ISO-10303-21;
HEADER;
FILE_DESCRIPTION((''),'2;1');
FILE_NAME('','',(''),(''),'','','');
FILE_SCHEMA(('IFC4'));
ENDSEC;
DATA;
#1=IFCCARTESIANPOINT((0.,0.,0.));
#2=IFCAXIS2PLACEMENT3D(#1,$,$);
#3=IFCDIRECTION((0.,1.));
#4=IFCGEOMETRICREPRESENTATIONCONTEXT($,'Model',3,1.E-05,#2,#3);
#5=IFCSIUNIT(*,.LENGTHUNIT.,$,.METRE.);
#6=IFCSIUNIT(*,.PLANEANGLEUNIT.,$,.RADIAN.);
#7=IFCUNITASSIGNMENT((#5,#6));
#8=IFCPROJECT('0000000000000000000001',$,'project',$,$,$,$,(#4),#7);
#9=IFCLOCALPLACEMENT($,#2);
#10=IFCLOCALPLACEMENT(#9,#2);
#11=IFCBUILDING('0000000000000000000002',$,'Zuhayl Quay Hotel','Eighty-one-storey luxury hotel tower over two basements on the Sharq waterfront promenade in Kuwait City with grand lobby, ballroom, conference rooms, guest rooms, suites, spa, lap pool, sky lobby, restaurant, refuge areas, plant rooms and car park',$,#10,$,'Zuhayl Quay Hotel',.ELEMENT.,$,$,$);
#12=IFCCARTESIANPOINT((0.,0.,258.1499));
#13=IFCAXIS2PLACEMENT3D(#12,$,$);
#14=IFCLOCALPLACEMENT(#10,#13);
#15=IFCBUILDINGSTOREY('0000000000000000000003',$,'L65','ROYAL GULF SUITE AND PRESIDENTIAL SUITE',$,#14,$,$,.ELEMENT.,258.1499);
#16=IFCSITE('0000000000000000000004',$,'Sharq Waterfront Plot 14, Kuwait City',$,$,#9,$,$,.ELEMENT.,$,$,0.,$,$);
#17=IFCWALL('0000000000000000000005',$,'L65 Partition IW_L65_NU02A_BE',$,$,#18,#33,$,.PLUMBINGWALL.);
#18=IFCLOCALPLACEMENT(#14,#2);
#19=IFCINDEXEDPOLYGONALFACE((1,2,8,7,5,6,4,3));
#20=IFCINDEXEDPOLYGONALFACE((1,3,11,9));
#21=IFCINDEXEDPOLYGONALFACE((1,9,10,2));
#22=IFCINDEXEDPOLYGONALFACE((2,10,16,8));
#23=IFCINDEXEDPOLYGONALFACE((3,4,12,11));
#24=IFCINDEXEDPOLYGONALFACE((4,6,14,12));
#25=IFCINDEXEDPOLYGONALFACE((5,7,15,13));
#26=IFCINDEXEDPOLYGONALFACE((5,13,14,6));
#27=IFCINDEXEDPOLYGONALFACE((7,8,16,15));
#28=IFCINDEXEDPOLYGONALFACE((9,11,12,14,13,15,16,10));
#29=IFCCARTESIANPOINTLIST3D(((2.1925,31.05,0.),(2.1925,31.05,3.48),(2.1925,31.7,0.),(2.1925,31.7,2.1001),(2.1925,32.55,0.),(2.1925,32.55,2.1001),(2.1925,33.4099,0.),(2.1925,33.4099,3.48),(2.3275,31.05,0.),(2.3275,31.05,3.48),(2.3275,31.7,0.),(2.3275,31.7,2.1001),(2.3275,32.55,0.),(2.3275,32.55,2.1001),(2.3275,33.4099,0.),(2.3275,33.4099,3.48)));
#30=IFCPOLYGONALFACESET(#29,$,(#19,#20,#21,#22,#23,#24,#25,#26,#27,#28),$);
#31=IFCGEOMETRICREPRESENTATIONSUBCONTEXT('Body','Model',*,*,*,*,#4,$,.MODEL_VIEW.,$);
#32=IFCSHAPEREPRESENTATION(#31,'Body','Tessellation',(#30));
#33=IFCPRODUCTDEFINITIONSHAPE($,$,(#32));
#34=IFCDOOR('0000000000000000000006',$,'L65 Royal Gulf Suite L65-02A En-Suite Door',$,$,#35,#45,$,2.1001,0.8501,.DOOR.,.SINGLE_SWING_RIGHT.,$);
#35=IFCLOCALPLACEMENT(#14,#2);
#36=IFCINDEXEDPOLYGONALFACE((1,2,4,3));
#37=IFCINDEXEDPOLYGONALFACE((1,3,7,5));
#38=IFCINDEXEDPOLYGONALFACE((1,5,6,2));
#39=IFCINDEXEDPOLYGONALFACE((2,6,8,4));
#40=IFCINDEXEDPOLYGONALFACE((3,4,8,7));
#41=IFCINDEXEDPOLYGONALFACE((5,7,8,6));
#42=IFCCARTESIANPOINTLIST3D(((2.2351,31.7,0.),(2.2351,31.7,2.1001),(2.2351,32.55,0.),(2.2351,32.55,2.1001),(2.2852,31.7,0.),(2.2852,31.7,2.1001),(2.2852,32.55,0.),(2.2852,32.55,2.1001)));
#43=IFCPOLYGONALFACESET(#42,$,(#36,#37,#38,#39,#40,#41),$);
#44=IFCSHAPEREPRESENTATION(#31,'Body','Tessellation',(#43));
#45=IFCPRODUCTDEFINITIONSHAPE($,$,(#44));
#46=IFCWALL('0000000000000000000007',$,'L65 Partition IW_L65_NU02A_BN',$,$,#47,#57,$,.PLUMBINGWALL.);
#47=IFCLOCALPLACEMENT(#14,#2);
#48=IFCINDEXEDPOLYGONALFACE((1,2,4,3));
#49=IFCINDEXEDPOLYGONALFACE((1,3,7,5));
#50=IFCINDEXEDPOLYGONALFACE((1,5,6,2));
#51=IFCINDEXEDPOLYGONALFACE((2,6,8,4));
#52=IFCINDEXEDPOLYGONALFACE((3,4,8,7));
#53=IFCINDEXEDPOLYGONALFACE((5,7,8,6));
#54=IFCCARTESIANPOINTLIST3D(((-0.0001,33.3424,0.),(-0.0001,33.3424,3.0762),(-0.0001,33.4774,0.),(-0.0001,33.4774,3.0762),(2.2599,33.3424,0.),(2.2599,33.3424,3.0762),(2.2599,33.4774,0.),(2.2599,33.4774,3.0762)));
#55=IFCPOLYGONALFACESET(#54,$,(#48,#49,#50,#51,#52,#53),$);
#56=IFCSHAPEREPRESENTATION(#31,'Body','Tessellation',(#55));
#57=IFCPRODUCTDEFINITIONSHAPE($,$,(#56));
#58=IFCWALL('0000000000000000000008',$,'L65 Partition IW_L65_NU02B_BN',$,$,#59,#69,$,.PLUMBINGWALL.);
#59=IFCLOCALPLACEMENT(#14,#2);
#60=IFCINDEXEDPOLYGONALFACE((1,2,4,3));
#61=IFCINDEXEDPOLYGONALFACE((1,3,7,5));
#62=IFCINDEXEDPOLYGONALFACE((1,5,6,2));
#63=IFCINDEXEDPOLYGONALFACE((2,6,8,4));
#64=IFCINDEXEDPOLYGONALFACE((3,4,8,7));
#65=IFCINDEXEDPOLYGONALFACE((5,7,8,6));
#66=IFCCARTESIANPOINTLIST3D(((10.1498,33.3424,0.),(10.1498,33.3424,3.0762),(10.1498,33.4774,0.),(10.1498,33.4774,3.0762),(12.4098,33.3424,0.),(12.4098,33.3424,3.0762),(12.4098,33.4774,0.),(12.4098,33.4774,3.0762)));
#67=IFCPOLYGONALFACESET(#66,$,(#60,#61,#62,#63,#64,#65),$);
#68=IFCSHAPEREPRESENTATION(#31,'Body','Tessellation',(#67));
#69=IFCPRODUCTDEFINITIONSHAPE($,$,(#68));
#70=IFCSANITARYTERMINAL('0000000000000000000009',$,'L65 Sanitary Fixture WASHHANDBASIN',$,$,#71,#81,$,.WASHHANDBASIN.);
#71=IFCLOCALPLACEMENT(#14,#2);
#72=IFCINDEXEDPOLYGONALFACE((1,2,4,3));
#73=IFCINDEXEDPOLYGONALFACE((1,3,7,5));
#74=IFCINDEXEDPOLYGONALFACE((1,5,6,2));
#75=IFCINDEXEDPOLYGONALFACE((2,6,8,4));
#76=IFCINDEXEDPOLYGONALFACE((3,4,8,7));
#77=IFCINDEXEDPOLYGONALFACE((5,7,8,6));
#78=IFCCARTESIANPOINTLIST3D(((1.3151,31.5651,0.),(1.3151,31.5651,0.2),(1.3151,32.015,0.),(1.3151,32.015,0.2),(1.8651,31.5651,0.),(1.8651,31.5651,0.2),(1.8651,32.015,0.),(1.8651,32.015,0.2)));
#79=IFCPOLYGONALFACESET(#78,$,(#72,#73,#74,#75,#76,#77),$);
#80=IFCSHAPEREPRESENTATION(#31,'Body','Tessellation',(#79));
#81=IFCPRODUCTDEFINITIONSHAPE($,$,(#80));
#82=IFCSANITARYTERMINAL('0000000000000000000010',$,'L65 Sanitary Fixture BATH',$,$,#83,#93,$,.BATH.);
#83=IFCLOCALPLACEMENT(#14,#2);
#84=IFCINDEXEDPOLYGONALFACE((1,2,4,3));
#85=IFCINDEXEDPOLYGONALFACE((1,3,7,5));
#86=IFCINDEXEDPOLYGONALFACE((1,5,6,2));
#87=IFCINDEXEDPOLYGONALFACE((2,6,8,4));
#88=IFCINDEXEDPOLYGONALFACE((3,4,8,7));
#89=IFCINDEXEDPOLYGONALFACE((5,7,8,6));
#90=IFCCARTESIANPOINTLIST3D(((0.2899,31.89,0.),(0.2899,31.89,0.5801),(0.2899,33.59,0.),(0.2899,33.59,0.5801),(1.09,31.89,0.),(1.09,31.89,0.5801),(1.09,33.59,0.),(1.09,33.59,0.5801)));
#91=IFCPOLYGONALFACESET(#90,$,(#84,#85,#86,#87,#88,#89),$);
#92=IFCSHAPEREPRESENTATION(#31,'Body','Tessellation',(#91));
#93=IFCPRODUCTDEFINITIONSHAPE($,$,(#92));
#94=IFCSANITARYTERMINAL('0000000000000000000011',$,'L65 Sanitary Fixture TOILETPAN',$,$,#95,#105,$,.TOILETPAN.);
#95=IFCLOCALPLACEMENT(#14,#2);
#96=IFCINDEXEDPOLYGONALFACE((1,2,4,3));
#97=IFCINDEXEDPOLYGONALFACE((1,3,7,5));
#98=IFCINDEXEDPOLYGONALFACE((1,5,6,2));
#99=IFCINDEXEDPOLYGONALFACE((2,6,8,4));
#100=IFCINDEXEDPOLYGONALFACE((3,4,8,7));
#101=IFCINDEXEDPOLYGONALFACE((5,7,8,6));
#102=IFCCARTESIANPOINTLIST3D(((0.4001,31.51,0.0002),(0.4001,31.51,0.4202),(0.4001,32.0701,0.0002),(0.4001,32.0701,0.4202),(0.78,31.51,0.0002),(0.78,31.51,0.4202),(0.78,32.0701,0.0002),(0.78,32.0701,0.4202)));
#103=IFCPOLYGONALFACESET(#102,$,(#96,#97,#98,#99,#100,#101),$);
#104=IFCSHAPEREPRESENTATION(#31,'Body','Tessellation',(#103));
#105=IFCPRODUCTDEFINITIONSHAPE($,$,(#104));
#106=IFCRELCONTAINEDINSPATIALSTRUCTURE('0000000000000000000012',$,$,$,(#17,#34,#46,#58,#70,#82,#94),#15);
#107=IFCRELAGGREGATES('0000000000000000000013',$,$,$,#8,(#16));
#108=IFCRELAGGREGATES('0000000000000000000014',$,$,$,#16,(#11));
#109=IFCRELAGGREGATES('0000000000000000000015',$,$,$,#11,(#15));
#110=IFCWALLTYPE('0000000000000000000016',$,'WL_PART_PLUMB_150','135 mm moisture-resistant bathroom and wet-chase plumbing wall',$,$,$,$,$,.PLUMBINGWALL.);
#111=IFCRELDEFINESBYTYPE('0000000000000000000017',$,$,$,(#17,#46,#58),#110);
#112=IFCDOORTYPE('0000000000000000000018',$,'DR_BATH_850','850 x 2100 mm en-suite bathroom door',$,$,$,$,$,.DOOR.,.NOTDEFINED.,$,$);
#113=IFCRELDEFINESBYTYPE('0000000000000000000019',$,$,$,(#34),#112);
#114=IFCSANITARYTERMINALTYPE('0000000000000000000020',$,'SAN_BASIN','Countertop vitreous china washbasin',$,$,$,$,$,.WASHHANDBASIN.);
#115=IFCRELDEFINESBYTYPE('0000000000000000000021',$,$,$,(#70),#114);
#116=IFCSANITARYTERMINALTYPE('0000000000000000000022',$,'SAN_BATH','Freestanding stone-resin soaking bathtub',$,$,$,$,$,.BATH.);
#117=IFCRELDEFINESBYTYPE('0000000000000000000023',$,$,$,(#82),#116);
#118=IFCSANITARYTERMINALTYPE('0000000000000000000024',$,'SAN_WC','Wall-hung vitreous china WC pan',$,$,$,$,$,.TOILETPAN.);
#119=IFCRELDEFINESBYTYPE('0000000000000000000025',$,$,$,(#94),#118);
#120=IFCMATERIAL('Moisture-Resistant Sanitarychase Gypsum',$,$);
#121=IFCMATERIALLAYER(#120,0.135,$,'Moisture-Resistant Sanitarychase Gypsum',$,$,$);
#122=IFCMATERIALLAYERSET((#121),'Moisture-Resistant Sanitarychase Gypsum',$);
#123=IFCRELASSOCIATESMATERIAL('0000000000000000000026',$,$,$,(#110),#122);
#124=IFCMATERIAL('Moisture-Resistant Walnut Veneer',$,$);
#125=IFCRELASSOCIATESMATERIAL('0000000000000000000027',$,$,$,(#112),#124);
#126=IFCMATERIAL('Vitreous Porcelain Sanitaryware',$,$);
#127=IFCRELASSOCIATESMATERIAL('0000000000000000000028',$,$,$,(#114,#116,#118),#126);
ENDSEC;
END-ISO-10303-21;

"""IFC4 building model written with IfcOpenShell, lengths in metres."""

from ifc_helpers import new_model, si_unit, direction, frame, frame_2d, origin, origin_2d, place, context, subcontext, project, spatial, rectangle, extrude, material, layer, layer_set, type_object, element, fill, save


model = new_model("IFC4")

# Units and contexts
model_context = context("Model", 3, precision=1e-05, world=origin(), true_north=direction((0.0, 1.0)))
body_context = subcontext(model_context, "Body", "Model", "MODEL_VIEW")
ifc_project = project(units=[si_unit("LENGTHUNIT", "METRE"), si_unit("PLANEANGLEUNIT", "RADIAN")], contexts=[model_context])

# Site, building, storey
site_placement = place(None, origin())
site = spatial("IfcSite", under=ifc_project, at=site_placement, Name="Sharq Waterfront Plot 14, Kuwait City", CompositionType="ELEMENT", RefElevation=0.0)
building_placement = place(site_placement, origin())
building = spatial("IfcBuilding", under=site, at=building_placement, Name="Zuhayl Quay Hotel", Description="Eighty-one-storey luxury hotel tower over two basements on the Sharq waterfront promenade in Kuwait City with grand lobby, ballroom, conference rooms, guest rooms, suites, spa, lap pool, sky lobby, restaurant, refuge areas, plant rooms and car park", LongName="Zuhayl Quay Hotel", CompositionType="ELEMENT")
storey_placement = place(building_placement, frame((0.0, 0.0, 258.1499)))
storey = spatial("IfcBuildingStorey", under=building, at=storey_placement, Name="L65", Description="ROYAL GULF SUITE AND PRESIDENTIAL SUITE", CompositionType="ELEMENT", Elevation=258.1499)

# Wall, opening, door
ifc_material_1 = material(Name="Moisture-Resistant Sanitarychase Gypsum")
ifc_layer_1 = layer(ifc_material_1, 0.135, Name="Moisture-Resistant Sanitarychase Gypsum")
ifc_layer_set_1 = layer_set([ifc_layer_1], Name="Moisture-Resistant Sanitarychase Gypsum")
wall_type_1 = type_object("IfcWallType", Name="WL_PART_PLUMB_150", Description="135 mm moisture-resistant bathroom and wet-chase plumbing wall", PredefinedType="PLUMBINGWALL", material=ifc_layer_set_1)
wall_1_placement = place(storey_placement, frame((2.26, 31.05, 0.0), z_axis=(0.0, 0.0, 1.0), x_axis=(0.0, 1.0, 0.0)))
wall_1 = element("IfcWall", 1, at=wall_1_placement, inside=storey, type_object=wall_type_1, Name="L65 Partition IW_L65_NU02A_BE", PredefinedType="PLUMBINGWALL", context=body_context, shape_type="SweptSolid", body=[
    extrude(rectangle(XDim=2.3599, YDim=0.135, at=frame_2d((1.1799, 0.0))), origin(), (0.0, 0.0, 1.0), 3.48),
])
opening_1_placement = place(wall_1_placement, frame((0.6499, 0.0, 0.0)))
opening_1 = element("IfcOpeningElement", 2, at=opening_1_placement, cuts=wall_1, PredefinedType="OPENING", context=body_context, shape_type="SweptSolid", body=[
    extrude(rectangle(XDim=0.8501, YDim=2.1001, at=frame_2d((0.425, 1.05))), frame((0.0, 0.0774, 0.0), z_axis=(0.0, -1.0, 0.0), x_axis=(1.0, 0.0, 0.0)), (0.0, 0.0, 1.0), 0.155),
])
ifc_material_2 = material(Name="Moisture-Resistant Walnut Veneer")
door_type_1 = type_object("IfcDoorType", Name="DR_BATH_850", Description="850 x 2100 mm en-suite bathroom door", OperationType="NOTDEFINED", PredefinedType="DOOR", material=ifc_material_2)
door_1_placement = place(opening_1_placement, origin())
door_1 = element("IfcDoor", 3, at=door_1_placement, inside=storey, type_object=door_type_1, Name="L65 Royal Gulf Suite L65-02A En-Suite Door", OperationType="SINGLE_SWING_RIGHT", OverallHeight=2.1001, OverallWidth=0.8501, PredefinedType="DOOR", context=body_context, shape_type="SweptSolid", body=[
    extrude(rectangle(XDim=0.8501, YDim=2.1001, at=frame_2d((0.425, 1.05))), frame((0.0, 0.0249, 0.0), z_axis=(0.0, -1.0, 0.0), x_axis=(1.0, 0.0, 0.0)), (0.0, 0.0, 1.0), 0.05),
])
fill(opening_1, door_1)

# Walls
for number, where, z_axis, x_axis, name in (
    (4, (0.0, 33.4099, 0.0), (0.0, 0.0, 1.0), (1.0, 0.0, 0.0), "L65 Partition IW_L65_NU02A_BN"),
    (5, (10.1499, 33.4099, 0.0), (0.0, 0.0, 1.0), (1.0, 0.0, 0.0), "L65 Partition IW_L65_NU02B_BN"),
):
    element("IfcWall", number, at=place(storey_placement, frame(where, z_axis=z_axis, x_axis=x_axis)), inside=storey, type_object=wall_type_1, Name=name, PredefinedType="PLUMBINGWALL", context=body_context, shape_type="SweptSolid", body=[
        extrude(rectangle(XDim=2.26, YDim=0.135, at=frame_2d((1.1299, 0.0))), origin(), (0.0, 0.0, 1.0), 3.0762),
    ])

# Sanitary terminals
ifc_material_3 = material(Name="Vitreous Porcelain Sanitaryware")
sanitary_terminal_type_1 = type_object("IfcSanitaryTerminalType", Name="SAN_BASIN", Description="Countertop vitreous china washbasin", PredefinedType="WASHHANDBASIN", material=ifc_material_3)
sanitary_terminal_1_placement = place(storey_placement, frame((1.5901, 31.79, 0.0), z_axis=(0.0, 0.0, 1.0), x_axis=(1.0, 0.0, 0.0)))
element("IfcSanitaryTerminal", 6, at=sanitary_terminal_1_placement, inside=storey, type_object=sanitary_terminal_type_1, Name="L65 Sanitary Fixture WASHHANDBASIN", PredefinedType="WASHHANDBASIN", context=body_context, shape_type="SweptSolid", body=[
    extrude(rectangle(XDim=0.55, YDim=0.45, at=origin_2d()), origin(), (0.0, 0.0, 1.0), 0.2),
])
sanitary_terminal_type_2 = type_object("IfcSanitaryTerminalType", Name="SAN_BATH", Description="Freestanding stone-resin soaking bathtub", PredefinedType="BATH", material=ifc_material_3)
sanitary_terminal_2_placement = place(storey_placement, frame((0.6899, 32.74, 0.0), z_axis=(0.0, 0.0, 1.0), x_axis=(1.0, 0.0, 0.0)))
element("IfcSanitaryTerminal", 7, at=sanitary_terminal_2_placement, inside=storey, type_object=sanitary_terminal_type_2, Name="L65 Sanitary Fixture BATH", PredefinedType="BATH", context=body_context, shape_type="SweptSolid", body=[
    extrude(rectangle(XDim=0.8, YDim=1.7, at=origin_2d()), origin(), (0.0, 0.0, 1.0), 0.5801),
])
sanitary_terminal_type_3 = type_object("IfcSanitaryTerminalType", Name="SAN_WC", Description="Wall-hung vitreous china WC pan", PredefinedType="TOILETPAN", material=ifc_material_3)
sanitary_terminal_3_placement = place(storey_placement, frame((0.5901, 31.79, 0.0002), z_axis=(0.0, 0.0, 1.0), x_axis=(1.0, 0.0, 0.0)))
element("IfcSanitaryTerminal", 8, at=sanitary_terminal_3_placement, inside=storey, type_object=sanitary_terminal_type_3, Name="L65 Sanitary Fixture TOILETPAN", PredefinedType="TOILETPAN", context=body_context, shape_type="SweptSolid", body=[
    extrude(rectangle(XDim=0.3799, YDim=0.5601, at=origin_2d()), origin(), (0.0, 0.0, 1.0), 0.4199),
])

save(model, "model.ifc")
